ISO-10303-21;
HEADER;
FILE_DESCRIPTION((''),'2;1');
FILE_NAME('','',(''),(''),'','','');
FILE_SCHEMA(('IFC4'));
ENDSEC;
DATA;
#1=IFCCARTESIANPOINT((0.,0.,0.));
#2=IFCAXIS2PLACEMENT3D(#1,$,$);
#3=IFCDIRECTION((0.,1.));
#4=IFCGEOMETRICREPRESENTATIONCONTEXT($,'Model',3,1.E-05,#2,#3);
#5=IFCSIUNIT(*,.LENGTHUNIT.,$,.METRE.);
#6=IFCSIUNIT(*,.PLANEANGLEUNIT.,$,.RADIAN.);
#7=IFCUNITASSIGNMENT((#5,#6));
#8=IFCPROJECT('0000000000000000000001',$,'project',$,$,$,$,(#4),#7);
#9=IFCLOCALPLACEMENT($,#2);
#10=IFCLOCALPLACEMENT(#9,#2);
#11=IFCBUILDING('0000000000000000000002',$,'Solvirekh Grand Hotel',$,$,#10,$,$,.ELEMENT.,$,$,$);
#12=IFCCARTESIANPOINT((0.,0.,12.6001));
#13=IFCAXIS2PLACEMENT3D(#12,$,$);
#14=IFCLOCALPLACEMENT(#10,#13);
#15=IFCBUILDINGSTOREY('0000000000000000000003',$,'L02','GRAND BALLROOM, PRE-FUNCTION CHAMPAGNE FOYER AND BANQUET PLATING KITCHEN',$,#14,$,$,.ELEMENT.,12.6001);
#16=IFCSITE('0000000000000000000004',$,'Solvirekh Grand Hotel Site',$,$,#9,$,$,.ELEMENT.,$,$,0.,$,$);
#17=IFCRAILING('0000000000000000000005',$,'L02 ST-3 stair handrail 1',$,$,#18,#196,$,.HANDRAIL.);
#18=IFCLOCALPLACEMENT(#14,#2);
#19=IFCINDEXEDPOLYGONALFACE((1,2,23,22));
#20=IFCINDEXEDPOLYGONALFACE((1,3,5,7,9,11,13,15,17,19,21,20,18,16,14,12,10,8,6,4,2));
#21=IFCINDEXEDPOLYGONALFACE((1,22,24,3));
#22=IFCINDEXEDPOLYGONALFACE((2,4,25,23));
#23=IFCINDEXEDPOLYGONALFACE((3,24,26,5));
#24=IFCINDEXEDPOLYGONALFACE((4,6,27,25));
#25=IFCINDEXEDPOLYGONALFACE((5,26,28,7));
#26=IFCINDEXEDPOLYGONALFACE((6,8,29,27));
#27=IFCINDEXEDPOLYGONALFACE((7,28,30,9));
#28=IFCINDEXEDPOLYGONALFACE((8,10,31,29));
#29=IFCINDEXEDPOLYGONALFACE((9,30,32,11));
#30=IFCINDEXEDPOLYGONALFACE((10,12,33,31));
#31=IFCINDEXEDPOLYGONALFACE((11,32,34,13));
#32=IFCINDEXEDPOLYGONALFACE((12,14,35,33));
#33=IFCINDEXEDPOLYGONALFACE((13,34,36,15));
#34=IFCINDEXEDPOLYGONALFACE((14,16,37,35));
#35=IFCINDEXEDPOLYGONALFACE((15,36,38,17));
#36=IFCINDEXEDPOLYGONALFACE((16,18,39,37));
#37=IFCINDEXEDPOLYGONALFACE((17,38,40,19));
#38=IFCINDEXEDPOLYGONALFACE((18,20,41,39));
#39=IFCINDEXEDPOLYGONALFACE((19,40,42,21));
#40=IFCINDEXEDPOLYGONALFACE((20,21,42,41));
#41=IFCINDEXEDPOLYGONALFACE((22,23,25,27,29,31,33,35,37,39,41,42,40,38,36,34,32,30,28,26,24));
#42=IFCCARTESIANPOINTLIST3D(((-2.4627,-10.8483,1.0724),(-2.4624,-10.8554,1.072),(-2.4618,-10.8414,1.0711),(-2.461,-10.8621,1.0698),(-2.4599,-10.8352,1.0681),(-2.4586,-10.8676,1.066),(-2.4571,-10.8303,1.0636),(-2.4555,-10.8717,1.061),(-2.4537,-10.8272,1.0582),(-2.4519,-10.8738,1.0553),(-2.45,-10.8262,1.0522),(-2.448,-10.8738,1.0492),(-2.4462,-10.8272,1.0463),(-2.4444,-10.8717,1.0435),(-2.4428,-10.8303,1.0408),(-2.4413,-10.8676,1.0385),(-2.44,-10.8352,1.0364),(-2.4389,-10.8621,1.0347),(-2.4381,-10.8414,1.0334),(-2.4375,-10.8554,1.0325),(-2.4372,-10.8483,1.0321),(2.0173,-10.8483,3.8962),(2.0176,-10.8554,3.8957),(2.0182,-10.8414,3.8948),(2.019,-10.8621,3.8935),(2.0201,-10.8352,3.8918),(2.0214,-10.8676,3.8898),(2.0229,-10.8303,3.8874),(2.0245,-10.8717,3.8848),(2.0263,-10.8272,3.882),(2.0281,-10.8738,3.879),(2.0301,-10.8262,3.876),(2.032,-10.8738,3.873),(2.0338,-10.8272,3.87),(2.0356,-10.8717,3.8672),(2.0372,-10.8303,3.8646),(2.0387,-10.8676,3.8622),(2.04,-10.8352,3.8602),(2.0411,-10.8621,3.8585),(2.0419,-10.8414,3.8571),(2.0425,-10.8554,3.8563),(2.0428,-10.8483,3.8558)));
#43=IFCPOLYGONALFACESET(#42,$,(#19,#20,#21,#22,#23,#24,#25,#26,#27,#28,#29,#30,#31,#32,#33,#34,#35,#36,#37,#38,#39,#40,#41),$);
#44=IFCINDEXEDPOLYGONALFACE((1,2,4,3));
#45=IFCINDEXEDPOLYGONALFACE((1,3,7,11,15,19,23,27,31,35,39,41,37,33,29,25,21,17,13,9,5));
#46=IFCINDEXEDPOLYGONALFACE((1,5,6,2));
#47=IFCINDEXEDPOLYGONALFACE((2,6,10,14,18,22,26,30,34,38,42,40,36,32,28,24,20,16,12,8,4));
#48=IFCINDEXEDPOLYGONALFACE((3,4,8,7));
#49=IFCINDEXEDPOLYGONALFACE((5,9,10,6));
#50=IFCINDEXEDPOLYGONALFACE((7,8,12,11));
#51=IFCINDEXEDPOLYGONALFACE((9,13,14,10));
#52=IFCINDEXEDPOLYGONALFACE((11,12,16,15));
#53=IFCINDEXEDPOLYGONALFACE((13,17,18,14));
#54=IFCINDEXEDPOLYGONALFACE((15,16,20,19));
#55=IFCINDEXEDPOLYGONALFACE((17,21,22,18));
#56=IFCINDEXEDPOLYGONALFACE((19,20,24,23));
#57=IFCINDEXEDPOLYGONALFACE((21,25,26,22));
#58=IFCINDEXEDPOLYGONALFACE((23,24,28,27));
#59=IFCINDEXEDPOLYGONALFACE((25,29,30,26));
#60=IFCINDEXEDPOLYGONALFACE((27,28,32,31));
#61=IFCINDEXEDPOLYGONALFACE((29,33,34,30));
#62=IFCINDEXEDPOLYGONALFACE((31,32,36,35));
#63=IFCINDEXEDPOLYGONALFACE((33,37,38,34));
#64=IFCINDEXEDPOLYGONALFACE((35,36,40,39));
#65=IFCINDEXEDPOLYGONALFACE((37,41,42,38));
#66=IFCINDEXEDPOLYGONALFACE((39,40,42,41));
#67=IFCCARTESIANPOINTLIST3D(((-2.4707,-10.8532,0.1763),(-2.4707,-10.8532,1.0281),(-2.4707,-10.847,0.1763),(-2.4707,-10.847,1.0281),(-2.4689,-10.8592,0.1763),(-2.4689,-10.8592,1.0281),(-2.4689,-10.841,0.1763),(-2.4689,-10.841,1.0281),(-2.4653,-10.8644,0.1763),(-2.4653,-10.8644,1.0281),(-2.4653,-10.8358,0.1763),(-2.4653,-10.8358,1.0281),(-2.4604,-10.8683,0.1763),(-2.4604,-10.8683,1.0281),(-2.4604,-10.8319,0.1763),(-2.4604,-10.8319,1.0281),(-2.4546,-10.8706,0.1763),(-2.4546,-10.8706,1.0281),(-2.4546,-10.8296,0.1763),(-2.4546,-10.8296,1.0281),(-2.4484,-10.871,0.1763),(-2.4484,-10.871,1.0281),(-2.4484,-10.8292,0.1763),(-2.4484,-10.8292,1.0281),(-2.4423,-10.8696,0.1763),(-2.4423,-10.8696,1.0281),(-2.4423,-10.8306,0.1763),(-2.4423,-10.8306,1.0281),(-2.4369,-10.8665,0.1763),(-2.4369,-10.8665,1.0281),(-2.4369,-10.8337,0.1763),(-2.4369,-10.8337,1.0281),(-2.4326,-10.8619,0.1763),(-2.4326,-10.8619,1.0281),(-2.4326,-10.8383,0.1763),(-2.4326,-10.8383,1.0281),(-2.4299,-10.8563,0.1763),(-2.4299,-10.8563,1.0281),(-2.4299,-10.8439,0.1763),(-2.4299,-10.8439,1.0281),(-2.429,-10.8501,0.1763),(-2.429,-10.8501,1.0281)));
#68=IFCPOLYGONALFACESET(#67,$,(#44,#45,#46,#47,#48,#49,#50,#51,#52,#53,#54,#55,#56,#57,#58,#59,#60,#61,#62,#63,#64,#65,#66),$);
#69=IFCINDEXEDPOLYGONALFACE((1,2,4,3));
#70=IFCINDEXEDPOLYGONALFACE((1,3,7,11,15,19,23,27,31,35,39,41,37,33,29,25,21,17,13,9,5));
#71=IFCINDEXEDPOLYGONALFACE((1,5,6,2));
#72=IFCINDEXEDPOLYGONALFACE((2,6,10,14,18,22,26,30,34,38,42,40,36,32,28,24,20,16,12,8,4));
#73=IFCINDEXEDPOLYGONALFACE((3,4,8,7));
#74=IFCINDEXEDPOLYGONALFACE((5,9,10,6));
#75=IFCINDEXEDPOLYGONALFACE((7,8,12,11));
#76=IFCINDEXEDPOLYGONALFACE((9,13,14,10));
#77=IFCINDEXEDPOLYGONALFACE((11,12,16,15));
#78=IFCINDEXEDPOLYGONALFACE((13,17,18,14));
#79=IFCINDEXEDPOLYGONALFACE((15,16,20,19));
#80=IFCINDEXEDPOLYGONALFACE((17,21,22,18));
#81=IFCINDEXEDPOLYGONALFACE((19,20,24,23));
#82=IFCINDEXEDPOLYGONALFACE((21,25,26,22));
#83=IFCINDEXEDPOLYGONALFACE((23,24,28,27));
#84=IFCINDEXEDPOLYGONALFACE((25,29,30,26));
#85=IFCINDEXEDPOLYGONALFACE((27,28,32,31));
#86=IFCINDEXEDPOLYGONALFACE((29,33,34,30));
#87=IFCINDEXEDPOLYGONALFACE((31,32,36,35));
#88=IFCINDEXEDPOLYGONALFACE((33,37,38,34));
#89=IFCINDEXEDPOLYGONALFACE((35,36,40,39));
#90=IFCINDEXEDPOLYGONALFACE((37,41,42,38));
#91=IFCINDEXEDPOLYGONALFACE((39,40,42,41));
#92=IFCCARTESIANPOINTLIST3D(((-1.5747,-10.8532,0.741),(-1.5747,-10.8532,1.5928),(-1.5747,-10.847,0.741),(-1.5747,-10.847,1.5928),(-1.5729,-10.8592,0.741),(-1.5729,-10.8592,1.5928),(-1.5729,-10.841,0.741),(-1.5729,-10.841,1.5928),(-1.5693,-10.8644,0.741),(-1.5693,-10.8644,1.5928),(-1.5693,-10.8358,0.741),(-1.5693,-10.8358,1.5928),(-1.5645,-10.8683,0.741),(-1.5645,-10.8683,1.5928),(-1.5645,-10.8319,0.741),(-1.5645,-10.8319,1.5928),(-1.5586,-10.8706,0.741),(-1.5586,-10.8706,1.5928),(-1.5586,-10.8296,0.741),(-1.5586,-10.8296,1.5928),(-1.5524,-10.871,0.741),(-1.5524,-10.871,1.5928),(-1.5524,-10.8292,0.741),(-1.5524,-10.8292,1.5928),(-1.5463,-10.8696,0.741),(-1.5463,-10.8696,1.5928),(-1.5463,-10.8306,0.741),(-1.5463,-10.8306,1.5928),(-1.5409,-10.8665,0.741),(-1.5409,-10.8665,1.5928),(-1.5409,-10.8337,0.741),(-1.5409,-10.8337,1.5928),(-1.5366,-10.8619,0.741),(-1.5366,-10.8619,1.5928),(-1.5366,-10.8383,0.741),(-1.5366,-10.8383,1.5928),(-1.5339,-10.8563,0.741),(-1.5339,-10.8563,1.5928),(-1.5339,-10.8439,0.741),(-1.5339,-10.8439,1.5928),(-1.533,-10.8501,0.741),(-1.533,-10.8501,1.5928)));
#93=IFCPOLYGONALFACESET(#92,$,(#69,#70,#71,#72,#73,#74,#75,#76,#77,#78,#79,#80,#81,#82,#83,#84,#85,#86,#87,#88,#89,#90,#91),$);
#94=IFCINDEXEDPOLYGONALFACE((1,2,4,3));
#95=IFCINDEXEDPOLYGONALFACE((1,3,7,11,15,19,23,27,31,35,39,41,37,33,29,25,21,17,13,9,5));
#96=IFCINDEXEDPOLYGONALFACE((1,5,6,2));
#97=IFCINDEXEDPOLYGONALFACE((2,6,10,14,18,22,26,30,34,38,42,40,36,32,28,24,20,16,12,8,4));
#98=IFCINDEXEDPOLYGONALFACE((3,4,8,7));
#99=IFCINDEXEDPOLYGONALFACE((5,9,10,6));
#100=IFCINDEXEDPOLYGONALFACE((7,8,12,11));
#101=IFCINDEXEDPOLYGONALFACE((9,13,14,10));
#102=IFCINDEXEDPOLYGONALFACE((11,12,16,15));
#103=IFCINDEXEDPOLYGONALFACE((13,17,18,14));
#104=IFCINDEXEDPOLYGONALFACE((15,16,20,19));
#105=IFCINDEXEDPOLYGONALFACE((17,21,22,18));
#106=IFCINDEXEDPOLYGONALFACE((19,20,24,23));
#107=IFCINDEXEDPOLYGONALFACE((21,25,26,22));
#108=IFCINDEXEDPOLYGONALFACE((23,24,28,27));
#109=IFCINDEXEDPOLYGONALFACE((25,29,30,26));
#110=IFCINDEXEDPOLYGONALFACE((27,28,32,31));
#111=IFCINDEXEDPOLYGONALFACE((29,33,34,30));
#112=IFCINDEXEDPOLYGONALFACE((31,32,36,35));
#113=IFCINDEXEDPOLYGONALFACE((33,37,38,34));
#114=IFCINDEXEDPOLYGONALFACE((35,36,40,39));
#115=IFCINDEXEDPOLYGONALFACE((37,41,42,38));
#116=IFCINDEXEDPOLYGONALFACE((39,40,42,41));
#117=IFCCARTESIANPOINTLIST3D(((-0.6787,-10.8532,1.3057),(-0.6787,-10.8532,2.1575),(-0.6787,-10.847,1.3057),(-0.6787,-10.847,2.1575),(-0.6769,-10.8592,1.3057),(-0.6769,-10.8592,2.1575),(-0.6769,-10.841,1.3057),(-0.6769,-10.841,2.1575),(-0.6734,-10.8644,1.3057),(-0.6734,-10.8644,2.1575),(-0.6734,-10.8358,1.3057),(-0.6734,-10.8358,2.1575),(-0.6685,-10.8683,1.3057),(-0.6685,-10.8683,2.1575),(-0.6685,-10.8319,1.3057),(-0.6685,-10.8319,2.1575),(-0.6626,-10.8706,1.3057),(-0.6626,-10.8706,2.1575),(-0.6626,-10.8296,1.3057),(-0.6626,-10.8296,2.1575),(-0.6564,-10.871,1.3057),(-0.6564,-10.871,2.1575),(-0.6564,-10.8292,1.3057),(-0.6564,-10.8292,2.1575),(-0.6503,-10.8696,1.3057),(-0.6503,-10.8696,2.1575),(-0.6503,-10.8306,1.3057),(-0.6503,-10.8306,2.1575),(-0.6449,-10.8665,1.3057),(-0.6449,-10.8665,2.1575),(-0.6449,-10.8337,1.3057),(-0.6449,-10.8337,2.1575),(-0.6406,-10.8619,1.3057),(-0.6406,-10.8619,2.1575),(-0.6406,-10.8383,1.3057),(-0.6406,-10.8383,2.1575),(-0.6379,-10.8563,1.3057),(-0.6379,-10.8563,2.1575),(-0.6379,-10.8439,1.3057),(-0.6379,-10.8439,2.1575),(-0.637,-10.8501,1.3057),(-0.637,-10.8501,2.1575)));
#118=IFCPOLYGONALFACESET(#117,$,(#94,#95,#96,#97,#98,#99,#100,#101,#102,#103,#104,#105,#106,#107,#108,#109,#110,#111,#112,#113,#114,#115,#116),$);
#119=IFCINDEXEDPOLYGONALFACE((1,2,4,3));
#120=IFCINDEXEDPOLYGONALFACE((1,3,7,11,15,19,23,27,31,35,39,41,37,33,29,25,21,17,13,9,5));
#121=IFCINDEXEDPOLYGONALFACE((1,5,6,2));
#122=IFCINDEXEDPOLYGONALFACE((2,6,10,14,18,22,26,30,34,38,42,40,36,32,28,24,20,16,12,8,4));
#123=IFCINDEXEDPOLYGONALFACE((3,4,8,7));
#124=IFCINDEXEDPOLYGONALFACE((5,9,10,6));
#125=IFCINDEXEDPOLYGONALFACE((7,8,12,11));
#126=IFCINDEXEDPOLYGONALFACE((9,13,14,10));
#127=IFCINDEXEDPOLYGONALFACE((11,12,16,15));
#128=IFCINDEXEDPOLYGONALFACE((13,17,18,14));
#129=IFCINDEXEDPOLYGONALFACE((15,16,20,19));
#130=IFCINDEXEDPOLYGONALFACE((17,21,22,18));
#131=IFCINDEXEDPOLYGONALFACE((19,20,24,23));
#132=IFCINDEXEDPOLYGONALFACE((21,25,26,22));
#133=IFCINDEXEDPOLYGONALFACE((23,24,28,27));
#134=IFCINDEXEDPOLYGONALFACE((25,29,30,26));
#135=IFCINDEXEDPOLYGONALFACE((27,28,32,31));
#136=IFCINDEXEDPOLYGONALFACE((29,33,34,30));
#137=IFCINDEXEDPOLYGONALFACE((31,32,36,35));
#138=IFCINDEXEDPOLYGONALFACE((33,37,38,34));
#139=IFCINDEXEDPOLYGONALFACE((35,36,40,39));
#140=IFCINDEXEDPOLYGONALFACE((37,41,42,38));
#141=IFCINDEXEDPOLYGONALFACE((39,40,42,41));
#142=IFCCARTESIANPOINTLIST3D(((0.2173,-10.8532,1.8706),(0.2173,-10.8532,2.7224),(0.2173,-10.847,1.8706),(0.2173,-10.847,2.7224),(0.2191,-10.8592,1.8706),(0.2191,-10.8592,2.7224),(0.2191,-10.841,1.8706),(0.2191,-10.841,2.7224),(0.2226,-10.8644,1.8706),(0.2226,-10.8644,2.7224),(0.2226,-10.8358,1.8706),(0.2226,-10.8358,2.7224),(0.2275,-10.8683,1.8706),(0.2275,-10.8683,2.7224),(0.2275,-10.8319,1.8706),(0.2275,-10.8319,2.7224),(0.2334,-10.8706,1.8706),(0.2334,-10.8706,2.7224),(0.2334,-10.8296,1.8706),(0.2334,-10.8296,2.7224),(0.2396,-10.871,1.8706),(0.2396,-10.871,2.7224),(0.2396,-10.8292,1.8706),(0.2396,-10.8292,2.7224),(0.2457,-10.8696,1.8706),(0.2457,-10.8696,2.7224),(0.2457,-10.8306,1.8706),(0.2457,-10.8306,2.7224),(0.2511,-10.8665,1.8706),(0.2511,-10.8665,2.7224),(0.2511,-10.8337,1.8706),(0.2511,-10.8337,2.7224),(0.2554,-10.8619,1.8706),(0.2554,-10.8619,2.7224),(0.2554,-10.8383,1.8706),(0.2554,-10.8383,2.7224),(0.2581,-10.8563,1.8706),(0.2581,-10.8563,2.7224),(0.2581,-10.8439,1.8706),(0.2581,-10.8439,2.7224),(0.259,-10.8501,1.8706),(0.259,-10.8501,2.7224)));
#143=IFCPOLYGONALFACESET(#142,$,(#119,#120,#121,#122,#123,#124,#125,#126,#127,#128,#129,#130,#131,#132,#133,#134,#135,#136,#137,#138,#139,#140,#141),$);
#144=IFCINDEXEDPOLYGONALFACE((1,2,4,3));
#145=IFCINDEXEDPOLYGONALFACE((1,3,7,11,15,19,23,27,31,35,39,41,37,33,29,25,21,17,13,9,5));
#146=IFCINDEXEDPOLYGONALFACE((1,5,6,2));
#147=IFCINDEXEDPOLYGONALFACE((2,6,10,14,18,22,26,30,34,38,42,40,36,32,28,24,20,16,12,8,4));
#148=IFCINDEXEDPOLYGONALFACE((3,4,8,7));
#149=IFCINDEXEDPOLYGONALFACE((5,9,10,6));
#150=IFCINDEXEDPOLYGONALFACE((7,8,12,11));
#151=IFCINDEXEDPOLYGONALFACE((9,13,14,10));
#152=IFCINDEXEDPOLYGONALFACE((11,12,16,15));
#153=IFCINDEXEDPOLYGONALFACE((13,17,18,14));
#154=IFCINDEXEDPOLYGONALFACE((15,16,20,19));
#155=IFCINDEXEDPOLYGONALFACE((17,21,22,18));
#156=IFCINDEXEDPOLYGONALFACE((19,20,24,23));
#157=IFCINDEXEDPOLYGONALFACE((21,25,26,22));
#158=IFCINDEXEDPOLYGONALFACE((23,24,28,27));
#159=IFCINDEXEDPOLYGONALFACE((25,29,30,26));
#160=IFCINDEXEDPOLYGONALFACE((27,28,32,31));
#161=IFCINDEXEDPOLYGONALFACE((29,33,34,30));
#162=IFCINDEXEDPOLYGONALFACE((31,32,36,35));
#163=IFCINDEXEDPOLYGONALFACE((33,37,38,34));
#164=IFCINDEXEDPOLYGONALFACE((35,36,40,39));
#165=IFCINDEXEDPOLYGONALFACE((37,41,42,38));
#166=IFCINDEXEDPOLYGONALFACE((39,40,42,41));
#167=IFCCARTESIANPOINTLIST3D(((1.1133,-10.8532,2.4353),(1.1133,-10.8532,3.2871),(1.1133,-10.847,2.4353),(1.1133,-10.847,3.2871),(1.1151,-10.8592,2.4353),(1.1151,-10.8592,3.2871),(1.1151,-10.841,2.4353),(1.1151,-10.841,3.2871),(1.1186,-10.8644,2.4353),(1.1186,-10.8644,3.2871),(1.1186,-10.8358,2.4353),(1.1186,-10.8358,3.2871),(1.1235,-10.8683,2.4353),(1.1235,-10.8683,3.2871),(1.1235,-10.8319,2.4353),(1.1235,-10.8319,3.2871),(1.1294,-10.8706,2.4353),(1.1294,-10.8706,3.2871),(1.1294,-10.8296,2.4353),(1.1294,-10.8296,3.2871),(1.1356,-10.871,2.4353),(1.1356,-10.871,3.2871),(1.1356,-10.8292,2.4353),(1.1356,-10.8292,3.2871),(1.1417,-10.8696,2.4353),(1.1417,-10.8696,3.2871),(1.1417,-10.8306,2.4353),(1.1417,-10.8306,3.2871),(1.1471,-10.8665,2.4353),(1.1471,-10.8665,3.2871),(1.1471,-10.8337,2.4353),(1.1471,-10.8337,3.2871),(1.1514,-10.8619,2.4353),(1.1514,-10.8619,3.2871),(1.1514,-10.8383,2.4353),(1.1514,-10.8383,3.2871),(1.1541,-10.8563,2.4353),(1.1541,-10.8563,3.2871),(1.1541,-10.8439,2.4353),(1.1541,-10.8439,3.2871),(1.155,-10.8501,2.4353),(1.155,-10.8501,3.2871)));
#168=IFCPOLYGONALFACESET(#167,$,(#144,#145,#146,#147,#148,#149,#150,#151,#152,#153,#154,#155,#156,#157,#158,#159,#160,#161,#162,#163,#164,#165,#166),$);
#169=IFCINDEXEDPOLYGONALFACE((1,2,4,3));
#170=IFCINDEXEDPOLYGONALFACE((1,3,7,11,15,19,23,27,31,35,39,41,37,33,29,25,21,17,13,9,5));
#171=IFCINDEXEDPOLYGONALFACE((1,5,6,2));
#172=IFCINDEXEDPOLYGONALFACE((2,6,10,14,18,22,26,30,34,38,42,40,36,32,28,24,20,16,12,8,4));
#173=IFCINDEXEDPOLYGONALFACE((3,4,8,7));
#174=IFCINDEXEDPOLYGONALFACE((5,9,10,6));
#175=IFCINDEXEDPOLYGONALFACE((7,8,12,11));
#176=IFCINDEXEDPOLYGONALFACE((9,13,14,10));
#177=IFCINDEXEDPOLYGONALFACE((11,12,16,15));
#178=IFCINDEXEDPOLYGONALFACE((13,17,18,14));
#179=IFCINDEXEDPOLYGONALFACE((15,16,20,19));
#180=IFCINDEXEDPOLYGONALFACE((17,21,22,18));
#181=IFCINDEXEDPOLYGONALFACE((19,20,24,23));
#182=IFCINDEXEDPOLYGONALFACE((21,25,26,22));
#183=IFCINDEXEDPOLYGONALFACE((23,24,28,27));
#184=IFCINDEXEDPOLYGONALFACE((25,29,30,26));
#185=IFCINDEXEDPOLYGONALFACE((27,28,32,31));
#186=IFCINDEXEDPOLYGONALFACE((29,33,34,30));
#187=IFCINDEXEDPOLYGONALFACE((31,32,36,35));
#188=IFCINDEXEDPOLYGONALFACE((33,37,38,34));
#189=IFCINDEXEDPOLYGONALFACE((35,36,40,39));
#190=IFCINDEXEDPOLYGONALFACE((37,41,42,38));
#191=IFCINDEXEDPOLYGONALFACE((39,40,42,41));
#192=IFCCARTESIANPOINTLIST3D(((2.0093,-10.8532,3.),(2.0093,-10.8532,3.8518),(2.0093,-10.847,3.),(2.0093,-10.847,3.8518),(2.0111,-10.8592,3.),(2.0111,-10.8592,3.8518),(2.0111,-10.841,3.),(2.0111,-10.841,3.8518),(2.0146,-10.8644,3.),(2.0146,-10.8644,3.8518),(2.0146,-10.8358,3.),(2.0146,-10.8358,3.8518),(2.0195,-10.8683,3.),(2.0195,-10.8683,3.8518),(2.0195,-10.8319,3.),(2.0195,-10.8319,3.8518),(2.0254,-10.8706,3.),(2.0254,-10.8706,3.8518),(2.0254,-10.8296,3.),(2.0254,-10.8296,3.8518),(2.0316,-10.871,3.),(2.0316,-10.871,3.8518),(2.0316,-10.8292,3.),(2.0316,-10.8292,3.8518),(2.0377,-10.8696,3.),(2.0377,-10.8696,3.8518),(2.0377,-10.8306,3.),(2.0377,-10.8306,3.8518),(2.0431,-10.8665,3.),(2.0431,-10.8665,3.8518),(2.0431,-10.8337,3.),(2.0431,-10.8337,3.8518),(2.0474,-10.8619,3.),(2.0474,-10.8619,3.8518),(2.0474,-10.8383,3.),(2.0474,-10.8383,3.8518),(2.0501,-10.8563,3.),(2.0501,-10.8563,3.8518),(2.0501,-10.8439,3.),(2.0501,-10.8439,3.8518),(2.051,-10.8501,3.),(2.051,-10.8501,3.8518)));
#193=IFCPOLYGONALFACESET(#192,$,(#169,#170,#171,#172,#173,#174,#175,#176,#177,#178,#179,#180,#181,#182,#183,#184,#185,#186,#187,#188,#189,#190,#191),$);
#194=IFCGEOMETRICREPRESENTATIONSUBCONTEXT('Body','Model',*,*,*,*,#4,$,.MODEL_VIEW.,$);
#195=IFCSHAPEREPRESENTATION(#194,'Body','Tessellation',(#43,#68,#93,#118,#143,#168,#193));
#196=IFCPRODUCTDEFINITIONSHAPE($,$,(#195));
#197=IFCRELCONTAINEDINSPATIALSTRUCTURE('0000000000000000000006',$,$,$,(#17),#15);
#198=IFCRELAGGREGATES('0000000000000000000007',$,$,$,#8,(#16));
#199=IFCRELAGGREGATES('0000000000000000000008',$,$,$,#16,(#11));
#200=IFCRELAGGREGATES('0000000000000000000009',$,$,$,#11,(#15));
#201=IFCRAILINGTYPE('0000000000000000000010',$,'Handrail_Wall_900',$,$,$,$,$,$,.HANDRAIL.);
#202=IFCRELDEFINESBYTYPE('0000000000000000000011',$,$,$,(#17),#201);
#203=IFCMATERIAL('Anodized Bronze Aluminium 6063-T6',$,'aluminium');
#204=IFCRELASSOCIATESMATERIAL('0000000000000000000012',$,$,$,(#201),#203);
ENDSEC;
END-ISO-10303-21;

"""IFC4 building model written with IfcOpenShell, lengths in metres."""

from ifc_helpers import new_model, si_unit, direction, frame, origin, origin_2d, place, context, subcontext, project, spatial, circle, extrude, material, type_object, element, save


model = new_model("IFC4")

# Units and contexts
model_context = context("Model", 3, precision=1e-05, world=origin(), true_north=direction((0.0, 1.0)))
body_context = subcontext(model_context, "Body", "Model", "MODEL_VIEW")
ifc_project = project(units=[si_unit("LENGTHUNIT", "METRE"), si_unit("PLANEANGLEUNIT", "RADIAN")], contexts=[model_context])

# Site, building, storey
site_placement = place(None, origin())
site = spatial("IfcSite", under=ifc_project, at=site_placement, Name="Solvirekh Grand Hotel Site", CompositionType="ELEMENT", RefElevation=0.0)
building_placement = place(site_placement, origin())
building = spatial("IfcBuilding", under=site, at=building_placement, Name="Solvirekh Grand Hotel", CompositionType="ELEMENT")
storey_placement = place(building_placement, frame((0.0, 0.0, 12.6001)))
storey = spatial("IfcBuildingStorey", under=building, at=storey_placement, Name="L02", Description="GRAND BALLROOM, PRE-FUNCTION CHAMPAGNE FOYER AND BANQUET PLATING KITCHEN", CompositionType="ELEMENT", Elevation=12.6001)

# Shared definitions
ifc_material_1 = material(Name="Anodized Bronze Aluminium 6063-T6", Category="aluminium")

# Railing
railing_type_1 = type_object("IfcRailingType", Name="Handrail_Wall_900", PredefinedType="HANDRAIL", material=ifc_material_1)
railing_1_placement = place(storey_placement, frame((-2.45, -10.8501, 0.1763)))
element("IfcRailing", 1, at=railing_1_placement, inside=storey, type_object=railing_type_1, Name="L02 ST-3 stair handrail 1", PredefinedType="HANDRAIL", context=body_context, shape_type="SweptSolid", body=[
    extrude(circle(Radius=0.0239, at=origin_2d()), frame((0.0, 0.0, 0.876), z_axis=(0.845977, 0.0, 0.533219), x_axis=(0.0, 1.0, 0.0)), (0.0, 0.0, 1.0), 5.2957),
    extrude(circle(Radius=0.021, at=origin_2d()), origin(), (0.0, 0.0, 1.0), 0.8518),
    extrude(circle(Radius=0.021, at=origin_2d()), frame((0.896, 0.0, 0.5647)), (0.0, 0.0, 1.0), 0.8518),
    extrude(circle(Radius=0.021, at=origin_2d()), frame((1.792, 0.0, 1.1294)), (0.0, 0.0, 1.0), 0.8518),
    extrude(circle(Radius=0.021, at=origin_2d()), frame((2.688, 0.0, 1.6943)), (0.0, 0.0, 1.0), 0.8518),
    extrude(circle(Radius=0.021, at=origin_2d()), frame((3.584, 0.0, 2.259)), (0.0, 0.0, 1.0), 0.8518),
    extrude(circle(Radius=0.021, at=origin_2d()), frame((4.48, 0.0, 2.8237)), (0.0, 0.0, 1.0), 0.8518),
])

save(model, "model.ifc")
